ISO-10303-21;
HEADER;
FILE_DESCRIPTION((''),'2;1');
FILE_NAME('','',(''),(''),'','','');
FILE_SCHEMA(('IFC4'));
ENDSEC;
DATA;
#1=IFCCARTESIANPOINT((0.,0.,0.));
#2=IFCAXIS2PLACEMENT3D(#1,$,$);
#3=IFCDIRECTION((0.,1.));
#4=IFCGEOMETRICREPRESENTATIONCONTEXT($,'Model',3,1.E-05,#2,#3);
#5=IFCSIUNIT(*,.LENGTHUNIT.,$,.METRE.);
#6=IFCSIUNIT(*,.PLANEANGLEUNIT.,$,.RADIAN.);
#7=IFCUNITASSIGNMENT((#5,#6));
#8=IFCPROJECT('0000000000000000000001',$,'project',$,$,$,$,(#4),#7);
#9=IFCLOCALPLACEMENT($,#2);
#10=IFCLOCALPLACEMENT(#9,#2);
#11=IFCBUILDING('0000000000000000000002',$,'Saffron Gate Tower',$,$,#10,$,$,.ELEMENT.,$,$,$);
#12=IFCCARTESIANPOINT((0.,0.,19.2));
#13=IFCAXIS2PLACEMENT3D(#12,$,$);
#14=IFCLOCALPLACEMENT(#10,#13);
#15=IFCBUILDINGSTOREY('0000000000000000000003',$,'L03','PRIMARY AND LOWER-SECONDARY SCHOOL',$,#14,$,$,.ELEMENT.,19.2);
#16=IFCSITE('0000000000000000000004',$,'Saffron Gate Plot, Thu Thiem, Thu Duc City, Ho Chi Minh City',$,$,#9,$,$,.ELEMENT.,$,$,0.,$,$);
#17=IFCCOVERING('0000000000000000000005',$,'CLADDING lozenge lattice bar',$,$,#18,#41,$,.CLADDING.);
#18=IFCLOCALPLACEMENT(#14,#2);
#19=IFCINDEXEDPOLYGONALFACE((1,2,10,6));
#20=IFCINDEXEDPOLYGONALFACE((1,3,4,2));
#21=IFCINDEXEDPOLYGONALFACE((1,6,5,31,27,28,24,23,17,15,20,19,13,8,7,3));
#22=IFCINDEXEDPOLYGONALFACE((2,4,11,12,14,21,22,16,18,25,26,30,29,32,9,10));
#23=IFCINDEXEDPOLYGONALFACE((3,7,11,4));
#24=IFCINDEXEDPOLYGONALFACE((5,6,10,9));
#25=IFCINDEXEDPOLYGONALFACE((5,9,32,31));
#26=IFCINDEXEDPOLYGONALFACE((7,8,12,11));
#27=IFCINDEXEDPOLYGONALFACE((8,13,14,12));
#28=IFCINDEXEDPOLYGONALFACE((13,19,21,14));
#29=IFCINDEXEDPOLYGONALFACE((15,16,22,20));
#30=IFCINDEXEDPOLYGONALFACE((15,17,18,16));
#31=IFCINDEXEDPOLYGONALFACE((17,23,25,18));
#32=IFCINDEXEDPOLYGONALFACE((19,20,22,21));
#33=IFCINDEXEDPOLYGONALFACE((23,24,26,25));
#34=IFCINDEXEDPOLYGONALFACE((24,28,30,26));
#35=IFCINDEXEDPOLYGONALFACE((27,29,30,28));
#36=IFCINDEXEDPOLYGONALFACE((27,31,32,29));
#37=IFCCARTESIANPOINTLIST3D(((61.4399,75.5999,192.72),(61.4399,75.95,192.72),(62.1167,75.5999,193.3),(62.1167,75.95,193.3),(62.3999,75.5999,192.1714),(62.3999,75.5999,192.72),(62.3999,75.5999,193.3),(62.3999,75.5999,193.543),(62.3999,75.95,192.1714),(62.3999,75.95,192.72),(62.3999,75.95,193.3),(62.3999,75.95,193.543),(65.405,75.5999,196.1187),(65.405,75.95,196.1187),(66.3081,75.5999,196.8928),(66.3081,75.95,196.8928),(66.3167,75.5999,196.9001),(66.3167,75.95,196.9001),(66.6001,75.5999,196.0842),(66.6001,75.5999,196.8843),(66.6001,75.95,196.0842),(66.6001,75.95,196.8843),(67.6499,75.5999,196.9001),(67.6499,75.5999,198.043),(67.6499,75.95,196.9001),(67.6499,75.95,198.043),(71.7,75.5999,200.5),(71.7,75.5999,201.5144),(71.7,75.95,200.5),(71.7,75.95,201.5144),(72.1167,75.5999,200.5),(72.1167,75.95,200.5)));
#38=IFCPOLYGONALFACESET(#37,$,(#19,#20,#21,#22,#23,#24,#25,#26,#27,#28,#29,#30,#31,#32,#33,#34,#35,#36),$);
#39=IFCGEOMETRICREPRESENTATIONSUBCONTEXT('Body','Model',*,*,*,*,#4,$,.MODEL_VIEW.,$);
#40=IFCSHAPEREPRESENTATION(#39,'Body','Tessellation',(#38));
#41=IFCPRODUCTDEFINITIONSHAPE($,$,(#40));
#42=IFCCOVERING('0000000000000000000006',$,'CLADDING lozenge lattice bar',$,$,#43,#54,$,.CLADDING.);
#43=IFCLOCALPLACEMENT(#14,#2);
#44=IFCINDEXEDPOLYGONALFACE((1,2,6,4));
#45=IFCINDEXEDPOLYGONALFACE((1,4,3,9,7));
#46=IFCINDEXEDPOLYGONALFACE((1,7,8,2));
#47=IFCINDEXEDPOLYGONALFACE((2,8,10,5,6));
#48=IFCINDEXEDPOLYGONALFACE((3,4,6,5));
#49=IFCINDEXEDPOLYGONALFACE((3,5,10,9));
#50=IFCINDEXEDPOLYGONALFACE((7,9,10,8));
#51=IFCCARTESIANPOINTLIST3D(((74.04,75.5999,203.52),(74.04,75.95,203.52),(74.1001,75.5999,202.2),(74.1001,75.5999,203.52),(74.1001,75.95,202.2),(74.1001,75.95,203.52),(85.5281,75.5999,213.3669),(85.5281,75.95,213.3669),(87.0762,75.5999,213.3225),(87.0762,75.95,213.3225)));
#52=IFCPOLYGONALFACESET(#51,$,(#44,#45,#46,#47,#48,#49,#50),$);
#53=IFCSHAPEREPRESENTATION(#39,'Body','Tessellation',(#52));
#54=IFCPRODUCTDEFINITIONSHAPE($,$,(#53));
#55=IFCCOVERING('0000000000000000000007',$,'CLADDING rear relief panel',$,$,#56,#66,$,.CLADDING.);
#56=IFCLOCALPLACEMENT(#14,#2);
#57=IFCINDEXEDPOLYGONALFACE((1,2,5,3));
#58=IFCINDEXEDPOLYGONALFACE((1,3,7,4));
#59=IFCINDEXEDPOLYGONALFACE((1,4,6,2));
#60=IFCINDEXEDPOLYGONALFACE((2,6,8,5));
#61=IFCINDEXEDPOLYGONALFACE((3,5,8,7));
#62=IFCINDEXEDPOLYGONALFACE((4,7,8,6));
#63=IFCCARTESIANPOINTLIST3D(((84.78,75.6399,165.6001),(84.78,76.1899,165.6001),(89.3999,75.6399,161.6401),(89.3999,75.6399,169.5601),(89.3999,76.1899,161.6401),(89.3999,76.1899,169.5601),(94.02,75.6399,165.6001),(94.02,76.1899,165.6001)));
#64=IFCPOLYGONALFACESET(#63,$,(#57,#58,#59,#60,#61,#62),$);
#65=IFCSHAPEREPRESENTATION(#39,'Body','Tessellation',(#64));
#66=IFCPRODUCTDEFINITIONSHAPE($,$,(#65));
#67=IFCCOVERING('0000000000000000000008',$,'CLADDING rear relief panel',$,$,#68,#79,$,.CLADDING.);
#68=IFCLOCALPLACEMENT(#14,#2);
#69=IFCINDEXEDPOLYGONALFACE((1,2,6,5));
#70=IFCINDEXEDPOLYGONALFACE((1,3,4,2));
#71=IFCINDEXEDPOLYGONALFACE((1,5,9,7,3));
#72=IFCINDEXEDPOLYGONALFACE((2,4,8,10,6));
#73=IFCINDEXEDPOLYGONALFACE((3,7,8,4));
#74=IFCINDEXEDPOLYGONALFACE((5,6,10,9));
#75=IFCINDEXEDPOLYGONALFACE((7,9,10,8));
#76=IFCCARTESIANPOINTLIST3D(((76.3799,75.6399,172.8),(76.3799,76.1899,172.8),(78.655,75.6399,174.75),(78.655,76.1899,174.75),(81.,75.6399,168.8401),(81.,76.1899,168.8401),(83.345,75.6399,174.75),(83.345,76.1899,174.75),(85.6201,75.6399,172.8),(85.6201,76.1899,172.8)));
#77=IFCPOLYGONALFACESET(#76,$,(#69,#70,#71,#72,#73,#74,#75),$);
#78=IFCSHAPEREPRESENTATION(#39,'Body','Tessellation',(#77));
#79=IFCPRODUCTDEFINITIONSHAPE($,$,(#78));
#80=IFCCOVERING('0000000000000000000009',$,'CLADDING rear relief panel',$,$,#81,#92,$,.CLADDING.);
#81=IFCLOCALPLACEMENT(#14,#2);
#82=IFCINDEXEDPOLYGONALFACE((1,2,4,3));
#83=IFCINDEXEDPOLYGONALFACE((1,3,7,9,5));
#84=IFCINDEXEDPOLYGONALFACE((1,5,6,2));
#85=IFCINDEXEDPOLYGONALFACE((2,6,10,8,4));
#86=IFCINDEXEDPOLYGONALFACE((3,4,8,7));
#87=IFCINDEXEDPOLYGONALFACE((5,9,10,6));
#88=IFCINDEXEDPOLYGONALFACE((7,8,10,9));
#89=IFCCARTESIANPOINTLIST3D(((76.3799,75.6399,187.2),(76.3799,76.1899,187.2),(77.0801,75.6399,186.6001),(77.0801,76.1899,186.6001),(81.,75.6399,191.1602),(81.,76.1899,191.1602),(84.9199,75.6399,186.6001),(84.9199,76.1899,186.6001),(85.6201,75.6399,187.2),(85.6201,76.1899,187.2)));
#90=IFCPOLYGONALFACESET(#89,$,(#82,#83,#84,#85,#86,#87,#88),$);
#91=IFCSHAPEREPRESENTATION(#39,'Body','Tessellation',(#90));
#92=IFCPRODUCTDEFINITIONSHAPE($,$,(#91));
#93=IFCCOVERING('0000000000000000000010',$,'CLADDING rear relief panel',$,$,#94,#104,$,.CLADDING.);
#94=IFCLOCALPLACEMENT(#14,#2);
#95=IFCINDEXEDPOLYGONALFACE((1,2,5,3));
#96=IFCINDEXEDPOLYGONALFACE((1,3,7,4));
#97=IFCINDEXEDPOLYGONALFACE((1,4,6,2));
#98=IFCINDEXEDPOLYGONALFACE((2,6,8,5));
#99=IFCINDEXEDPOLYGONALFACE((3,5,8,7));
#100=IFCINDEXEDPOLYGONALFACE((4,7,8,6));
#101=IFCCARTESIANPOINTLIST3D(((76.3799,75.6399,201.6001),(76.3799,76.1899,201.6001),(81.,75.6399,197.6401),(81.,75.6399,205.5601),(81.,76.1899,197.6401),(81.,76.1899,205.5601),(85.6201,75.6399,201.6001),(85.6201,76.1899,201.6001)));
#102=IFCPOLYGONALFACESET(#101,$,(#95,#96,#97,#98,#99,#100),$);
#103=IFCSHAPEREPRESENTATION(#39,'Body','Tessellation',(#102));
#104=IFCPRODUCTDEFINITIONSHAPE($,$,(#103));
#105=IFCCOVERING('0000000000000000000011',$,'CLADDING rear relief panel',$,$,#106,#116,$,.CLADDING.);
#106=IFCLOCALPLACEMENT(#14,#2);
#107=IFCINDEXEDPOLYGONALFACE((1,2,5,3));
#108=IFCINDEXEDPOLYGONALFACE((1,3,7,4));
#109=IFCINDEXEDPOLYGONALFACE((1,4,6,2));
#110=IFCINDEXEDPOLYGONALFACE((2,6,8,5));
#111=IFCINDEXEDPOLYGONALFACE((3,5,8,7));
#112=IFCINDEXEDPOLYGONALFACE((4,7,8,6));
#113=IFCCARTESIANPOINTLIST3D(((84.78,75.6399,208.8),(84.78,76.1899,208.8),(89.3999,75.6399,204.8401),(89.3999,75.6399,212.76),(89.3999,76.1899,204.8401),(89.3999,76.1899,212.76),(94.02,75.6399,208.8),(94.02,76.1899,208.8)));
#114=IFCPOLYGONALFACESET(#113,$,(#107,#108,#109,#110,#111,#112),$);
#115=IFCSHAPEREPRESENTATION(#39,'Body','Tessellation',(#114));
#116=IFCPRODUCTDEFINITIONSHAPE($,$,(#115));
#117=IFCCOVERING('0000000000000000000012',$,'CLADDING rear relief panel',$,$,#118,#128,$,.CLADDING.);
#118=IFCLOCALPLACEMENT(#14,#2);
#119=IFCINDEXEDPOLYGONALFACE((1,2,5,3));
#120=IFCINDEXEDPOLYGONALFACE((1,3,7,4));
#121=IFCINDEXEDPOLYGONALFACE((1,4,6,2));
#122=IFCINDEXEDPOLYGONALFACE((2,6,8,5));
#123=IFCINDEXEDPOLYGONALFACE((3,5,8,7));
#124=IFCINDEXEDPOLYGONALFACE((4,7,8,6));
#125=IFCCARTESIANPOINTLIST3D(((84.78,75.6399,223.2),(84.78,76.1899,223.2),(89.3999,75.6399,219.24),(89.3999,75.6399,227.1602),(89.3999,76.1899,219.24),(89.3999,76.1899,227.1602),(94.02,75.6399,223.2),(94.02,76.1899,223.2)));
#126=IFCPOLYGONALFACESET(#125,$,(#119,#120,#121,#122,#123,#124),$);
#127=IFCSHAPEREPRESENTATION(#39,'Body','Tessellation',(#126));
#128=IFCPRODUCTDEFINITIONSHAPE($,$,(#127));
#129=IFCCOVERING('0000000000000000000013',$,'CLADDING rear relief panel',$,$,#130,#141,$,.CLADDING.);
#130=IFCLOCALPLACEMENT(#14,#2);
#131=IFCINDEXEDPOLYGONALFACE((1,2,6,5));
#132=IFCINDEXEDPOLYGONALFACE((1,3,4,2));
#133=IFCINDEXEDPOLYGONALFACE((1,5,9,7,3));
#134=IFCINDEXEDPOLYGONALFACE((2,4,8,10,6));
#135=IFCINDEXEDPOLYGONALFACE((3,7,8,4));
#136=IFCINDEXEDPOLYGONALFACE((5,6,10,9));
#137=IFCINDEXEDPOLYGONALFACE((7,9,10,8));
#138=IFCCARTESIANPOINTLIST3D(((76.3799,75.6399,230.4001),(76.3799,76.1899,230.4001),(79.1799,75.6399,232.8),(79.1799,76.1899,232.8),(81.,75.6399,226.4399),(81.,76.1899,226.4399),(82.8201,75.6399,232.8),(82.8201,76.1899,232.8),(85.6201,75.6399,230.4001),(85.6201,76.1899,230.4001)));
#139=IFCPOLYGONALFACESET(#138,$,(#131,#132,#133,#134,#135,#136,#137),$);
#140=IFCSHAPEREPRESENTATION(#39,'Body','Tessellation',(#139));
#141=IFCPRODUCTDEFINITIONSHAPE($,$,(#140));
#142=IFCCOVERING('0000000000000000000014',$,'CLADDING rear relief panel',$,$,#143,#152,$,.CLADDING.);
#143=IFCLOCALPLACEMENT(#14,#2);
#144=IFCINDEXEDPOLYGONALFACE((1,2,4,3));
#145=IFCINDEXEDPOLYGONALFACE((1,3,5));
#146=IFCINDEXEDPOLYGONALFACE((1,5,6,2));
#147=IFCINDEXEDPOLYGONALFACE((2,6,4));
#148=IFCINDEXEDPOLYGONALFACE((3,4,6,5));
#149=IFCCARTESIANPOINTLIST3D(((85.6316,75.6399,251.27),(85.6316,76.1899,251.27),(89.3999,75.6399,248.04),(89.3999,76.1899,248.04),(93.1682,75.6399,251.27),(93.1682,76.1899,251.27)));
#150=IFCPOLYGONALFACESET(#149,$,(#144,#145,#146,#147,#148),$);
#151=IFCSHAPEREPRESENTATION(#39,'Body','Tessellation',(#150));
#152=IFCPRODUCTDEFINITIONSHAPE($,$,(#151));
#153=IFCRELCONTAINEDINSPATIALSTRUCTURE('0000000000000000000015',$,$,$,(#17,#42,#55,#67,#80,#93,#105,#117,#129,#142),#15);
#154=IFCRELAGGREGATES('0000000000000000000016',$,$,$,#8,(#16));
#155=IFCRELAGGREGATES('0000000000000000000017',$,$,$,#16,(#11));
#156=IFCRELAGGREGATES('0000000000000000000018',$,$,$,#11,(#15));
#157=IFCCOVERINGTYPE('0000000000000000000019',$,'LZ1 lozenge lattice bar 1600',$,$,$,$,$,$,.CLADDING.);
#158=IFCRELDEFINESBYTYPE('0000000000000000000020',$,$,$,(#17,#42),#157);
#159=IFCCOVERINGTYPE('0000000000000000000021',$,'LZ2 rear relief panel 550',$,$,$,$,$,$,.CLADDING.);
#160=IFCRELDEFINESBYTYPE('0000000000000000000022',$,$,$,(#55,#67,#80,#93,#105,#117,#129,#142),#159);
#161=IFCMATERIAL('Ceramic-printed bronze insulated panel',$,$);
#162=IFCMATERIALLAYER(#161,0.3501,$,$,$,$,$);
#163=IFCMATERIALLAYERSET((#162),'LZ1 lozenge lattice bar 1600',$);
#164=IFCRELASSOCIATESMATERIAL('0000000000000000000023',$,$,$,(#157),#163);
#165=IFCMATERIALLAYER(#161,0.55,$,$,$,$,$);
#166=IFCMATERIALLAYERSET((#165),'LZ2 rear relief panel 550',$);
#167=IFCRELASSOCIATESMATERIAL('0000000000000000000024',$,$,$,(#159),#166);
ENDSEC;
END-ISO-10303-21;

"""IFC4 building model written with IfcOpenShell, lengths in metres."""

from ifc_helpers import new_model, si_unit, direction, frame, origin, place, context, subcontext, project, spatial, polyline, outline, extrude, material, layer, layer_set, type_object, element, save


model = new_model("IFC4")

# Units and contexts
model_context = context("Model", 3, precision=1e-05, world=origin(), true_north=direction((0.0, 1.0)))
body_context = subcontext(model_context, "Body", "Model", "MODEL_VIEW")
ifc_project = project(units=[si_unit("LENGTHUNIT", "METRE"), si_unit("PLANEANGLEUNIT", "RADIAN")], contexts=[model_context])

# Site, building, storey
site_placement = place(None, origin())
site = spatial("IfcSite", under=ifc_project, at=site_placement, Name="Saffron Gate Plot, Thu Thiem, Thu Duc City, Ho Chi Minh City", CompositionType="ELEMENT", RefElevation=0.0)
building_placement = place(site_placement, origin())
building = spatial("IfcBuilding", under=site, at=building_placement, Name="Saffron Gate Tower", CompositionType="ELEMENT")
storey_placement = place(building_placement, frame((0.0, 0.0, 19.2)))
storey = spatial("IfcBuildingStorey", under=building, at=storey_placement, Name="L03", Description="PRIMARY AND LOWER-SECONDARY SCHOOL", CompositionType="ELEMENT", Elevation=19.2)

# Coverings
ifc_material = material(Name="Ceramic-printed bronze insulated panel")
ifc_layer_1 = layer(ifc_material, 0.3501)
ifc_layer_set_1 = layer_set([ifc_layer_1], Name="LZ1 lozenge lattice bar 1600")
covering_type_1 = type_object("IfcCoveringType", Name="LZ1 lozenge lattice bar 1600", PredefinedType="CLADDING", material=ifc_layer_set_1)
covering_1_placement = place(storey_placement, frame((62.3999, 75.95, 192.1714), z_axis=(0.0, 1.0, 0.0), x_axis=(0.0, 0.0, 1.0)))
element("IfcCovering", 1, at=covering_1_placement, inside=storey, type_object=covering_type_1, Name="CLADDING lozenge lattice bar", PredefinedType="CLADDING", context=body_context, shape_type="SweptSolid", body=[
    extrude(outline(polyline([(0.0, 0.0), (0.5486, 0.0), (0.5486, -0.96), (1.1287, -0.2832), (1.1287, 0.0), (1.3716, 0.0), (3.9473, 3.0051), (3.9128, 4.2002), (4.7129, 4.2002), (4.7214, 3.9082), (4.7288, 3.9167), (4.7288, 5.25), (5.8716, 5.25), (9.343, 9.3), (8.3286, 9.3), (8.3286, 9.7168), (0.0, 0.0)])), origin(), (0.0, 0.0, -1.0), 0.3501),
])
covering_2_placement = place(storey_placement, frame((74.1001, 75.95, 202.2), z_axis=(0.0, 1.0, 0.0), x_axis=(0.0, 0.0, 1.0)))
element("IfcCovering", 2, at=covering_2_placement, inside=storey, type_object=covering_type_1, Name="CLADDING lozenge lattice bar", PredefinedType="CLADDING", context=body_context, shape_type="SweptSolid", body=[
    extrude(outline(polyline([(0.0, 0.0), (1.3201, 0.0), (1.3201, -0.0601), (11.167, 11.428), (11.1226, 12.9761), (0.0, 0.0)])), origin(), (0.0, 0.0, -1.0), 0.3501),
])
ifc_layer_2 = layer(ifc_material, 0.55)
ifc_layer_set_2 = layer_set([ifc_layer_2], Name="LZ2 rear relief panel 550")
covering_type_2 = type_object("IfcCoveringType", Name="LZ2 rear relief panel 550", PredefinedType="CLADDING", material=ifc_layer_set_2)
covering_3_placement = place(storey_placement, frame((89.3999, 76.1899, 169.5601), z_axis=(0.0, 1.0, 0.0), x_axis=(0.759268, 0.0, -0.650778)))
element("IfcCovering", 3, at=covering_3_placement, inside=storey, type_object=covering_type_2, Name="CLADDING rear relief panel", PredefinedType="CLADDING", context=body_context, shape_type="SweptSolid", body=[
    extrude(outline(polyline([(0.0, 0.0), (6.085, 0.0), (5.1541, 6.0133), (-0.9307, 6.0132), (0.0, 0.0)])), origin(), (0.0, 0.0, -1.0), 0.55),
])
covering_4_placement = place(storey_placement, frame((78.655, 76.1899, 174.75), z_axis=(0.0, 1.0, 0.0), x_axis=(1.0, 0.0, 0.0)))
element("IfcCovering", 4, at=covering_4_placement, inside=storey, type_object=covering_type_2, Name="CLADDING rear relief panel", PredefinedType="CLADDING", context=body_context, shape_type="SweptSolid", body=[
    extrude(outline(polyline([(0.0, 0.0), (4.6899, 0.0), (6.9651, 1.95), (2.345, 5.9099), (-2.2751, 1.95), (0.0, 0.0)])), origin(), (0.0, 0.0, -1.0), 0.55),
])
covering_5_placement = place(storey_placement, frame((81.0, 76.1899, 191.1602), z_axis=(0.0, 1.0, 0.0), x_axis=(0.759248, 0.0, -0.650801)))
element("IfcCovering", 5, at=covering_5_placement, inside=storey, type_object=covering_type_2, Name="CLADDING rear relief panel", PredefinedType="CLADDING", context=body_context, shape_type="SweptSolid", body=[
    extrude(outline(polyline([(0.0, 0.0), (6.0851, 0.0), (5.9439, 0.9111), (-0.0085, 6.0133), (-0.9305, 6.0136), (0.0, 0.0)])), origin(), (0.0, 0.0, -1.0), 0.55),
])
covering_6_placement = place(storey_placement, frame((81.0, 76.1899, 205.5601), z_axis=(0.0, 1.0, 0.0), x_axis=(0.759268, 0.0, -0.650778)))
element("IfcCovering", 6, at=covering_6_placement, inside=storey, type_object=covering_type_2, Name="CLADDING rear relief panel", PredefinedType="CLADDING", context=body_context, shape_type="SweptSolid", body=[
    extrude(outline(polyline([(0.0, 0.0), (6.085, 0.0), (5.1541, 6.0133), (-0.9309, 6.0133), (0.0, 0.0)])), origin(), (0.0, 0.0, -1.0), 0.55),
])
covering_7_placement = place(storey_placement, frame((89.3999, 76.1899, 212.76), z_axis=(0.0, 1.0, 0.0), x_axis=(0.759268, 0.0, -0.650778)))
element("IfcCovering", 7, at=covering_7_placement, inside=storey, type_object=covering_type_2, Name="CLADDING rear relief panel", PredefinedType="CLADDING", context=body_context, shape_type="SweptSolid", body=[
    extrude(outline(polyline([(0.0, 0.0), (6.085, 0.0), (5.1541, 6.0133), (-0.9307, 6.0132), (0.0, 0.0)])), origin(), (0.0, 0.0, -1.0), 0.55),
])
covering_8_placement = place(storey_placement, frame((89.3999, 76.1899, 227.1602), z_axis=(0.0, 1.0, 0.0), x_axis=(0.759248, 0.0, -0.650801)))
element("IfcCovering", 8, at=covering_8_placement, inside=storey, type_object=covering_type_2, Name="CLADDING rear relief panel", PredefinedType="CLADDING", context=body_context, shape_type="SweptSolid", body=[
    extrude(outline(polyline([(0.0, 0.0), (6.0851, 0.0), (5.1545, 6.0134), (-0.9303, 6.0134), (0.0, 0.0)])), origin(), (0.0, 0.0, -1.0), 0.55),
])
covering_9_placement = place(storey_placement, frame((79.1799, 76.1899, 232.8), z_axis=(0.0, 1.0, 0.0), x_axis=(1.0, 0.0, 0.0)))
element("IfcCovering", 9, at=covering_9_placement, inside=storey, type_object=covering_type_2, Name="CLADDING rear relief panel", PredefinedType="CLADDING", context=body_context, shape_type="SweptSolid", body=[
    extrude(outline(polyline([(0.0, 0.0), (3.6401, 0.0), (6.4402, 2.3999), (1.8201, 6.3601), (-2.8, 2.3999), (0.0, 0.0)])), origin(), (0.0, 0.0, -1.0), 0.55),
])
covering_10_placement = place(storey_placement, frame((89.3999, 76.1899, 248.04), z_axis=(0.0, 1.0, 0.0), x_axis=(-0.759257, 0.0, 0.650791)))
element("IfcCovering", 10, at=covering_10_placement, inside=storey, type_object=covering_type_2, Name="CLADDING rear relief panel", PredefinedType="CLADDING", context=body_context, shape_type="SweptSolid", body=[
    extrude(outline(polyline([(0.0, 0.0), (4.9632, 0.0), (-0.7591, 4.9048), (0.0, 0.0)])), origin(), (0.0, 0.0, -1.0), 0.55),
])

save(model, "model.ifc")
